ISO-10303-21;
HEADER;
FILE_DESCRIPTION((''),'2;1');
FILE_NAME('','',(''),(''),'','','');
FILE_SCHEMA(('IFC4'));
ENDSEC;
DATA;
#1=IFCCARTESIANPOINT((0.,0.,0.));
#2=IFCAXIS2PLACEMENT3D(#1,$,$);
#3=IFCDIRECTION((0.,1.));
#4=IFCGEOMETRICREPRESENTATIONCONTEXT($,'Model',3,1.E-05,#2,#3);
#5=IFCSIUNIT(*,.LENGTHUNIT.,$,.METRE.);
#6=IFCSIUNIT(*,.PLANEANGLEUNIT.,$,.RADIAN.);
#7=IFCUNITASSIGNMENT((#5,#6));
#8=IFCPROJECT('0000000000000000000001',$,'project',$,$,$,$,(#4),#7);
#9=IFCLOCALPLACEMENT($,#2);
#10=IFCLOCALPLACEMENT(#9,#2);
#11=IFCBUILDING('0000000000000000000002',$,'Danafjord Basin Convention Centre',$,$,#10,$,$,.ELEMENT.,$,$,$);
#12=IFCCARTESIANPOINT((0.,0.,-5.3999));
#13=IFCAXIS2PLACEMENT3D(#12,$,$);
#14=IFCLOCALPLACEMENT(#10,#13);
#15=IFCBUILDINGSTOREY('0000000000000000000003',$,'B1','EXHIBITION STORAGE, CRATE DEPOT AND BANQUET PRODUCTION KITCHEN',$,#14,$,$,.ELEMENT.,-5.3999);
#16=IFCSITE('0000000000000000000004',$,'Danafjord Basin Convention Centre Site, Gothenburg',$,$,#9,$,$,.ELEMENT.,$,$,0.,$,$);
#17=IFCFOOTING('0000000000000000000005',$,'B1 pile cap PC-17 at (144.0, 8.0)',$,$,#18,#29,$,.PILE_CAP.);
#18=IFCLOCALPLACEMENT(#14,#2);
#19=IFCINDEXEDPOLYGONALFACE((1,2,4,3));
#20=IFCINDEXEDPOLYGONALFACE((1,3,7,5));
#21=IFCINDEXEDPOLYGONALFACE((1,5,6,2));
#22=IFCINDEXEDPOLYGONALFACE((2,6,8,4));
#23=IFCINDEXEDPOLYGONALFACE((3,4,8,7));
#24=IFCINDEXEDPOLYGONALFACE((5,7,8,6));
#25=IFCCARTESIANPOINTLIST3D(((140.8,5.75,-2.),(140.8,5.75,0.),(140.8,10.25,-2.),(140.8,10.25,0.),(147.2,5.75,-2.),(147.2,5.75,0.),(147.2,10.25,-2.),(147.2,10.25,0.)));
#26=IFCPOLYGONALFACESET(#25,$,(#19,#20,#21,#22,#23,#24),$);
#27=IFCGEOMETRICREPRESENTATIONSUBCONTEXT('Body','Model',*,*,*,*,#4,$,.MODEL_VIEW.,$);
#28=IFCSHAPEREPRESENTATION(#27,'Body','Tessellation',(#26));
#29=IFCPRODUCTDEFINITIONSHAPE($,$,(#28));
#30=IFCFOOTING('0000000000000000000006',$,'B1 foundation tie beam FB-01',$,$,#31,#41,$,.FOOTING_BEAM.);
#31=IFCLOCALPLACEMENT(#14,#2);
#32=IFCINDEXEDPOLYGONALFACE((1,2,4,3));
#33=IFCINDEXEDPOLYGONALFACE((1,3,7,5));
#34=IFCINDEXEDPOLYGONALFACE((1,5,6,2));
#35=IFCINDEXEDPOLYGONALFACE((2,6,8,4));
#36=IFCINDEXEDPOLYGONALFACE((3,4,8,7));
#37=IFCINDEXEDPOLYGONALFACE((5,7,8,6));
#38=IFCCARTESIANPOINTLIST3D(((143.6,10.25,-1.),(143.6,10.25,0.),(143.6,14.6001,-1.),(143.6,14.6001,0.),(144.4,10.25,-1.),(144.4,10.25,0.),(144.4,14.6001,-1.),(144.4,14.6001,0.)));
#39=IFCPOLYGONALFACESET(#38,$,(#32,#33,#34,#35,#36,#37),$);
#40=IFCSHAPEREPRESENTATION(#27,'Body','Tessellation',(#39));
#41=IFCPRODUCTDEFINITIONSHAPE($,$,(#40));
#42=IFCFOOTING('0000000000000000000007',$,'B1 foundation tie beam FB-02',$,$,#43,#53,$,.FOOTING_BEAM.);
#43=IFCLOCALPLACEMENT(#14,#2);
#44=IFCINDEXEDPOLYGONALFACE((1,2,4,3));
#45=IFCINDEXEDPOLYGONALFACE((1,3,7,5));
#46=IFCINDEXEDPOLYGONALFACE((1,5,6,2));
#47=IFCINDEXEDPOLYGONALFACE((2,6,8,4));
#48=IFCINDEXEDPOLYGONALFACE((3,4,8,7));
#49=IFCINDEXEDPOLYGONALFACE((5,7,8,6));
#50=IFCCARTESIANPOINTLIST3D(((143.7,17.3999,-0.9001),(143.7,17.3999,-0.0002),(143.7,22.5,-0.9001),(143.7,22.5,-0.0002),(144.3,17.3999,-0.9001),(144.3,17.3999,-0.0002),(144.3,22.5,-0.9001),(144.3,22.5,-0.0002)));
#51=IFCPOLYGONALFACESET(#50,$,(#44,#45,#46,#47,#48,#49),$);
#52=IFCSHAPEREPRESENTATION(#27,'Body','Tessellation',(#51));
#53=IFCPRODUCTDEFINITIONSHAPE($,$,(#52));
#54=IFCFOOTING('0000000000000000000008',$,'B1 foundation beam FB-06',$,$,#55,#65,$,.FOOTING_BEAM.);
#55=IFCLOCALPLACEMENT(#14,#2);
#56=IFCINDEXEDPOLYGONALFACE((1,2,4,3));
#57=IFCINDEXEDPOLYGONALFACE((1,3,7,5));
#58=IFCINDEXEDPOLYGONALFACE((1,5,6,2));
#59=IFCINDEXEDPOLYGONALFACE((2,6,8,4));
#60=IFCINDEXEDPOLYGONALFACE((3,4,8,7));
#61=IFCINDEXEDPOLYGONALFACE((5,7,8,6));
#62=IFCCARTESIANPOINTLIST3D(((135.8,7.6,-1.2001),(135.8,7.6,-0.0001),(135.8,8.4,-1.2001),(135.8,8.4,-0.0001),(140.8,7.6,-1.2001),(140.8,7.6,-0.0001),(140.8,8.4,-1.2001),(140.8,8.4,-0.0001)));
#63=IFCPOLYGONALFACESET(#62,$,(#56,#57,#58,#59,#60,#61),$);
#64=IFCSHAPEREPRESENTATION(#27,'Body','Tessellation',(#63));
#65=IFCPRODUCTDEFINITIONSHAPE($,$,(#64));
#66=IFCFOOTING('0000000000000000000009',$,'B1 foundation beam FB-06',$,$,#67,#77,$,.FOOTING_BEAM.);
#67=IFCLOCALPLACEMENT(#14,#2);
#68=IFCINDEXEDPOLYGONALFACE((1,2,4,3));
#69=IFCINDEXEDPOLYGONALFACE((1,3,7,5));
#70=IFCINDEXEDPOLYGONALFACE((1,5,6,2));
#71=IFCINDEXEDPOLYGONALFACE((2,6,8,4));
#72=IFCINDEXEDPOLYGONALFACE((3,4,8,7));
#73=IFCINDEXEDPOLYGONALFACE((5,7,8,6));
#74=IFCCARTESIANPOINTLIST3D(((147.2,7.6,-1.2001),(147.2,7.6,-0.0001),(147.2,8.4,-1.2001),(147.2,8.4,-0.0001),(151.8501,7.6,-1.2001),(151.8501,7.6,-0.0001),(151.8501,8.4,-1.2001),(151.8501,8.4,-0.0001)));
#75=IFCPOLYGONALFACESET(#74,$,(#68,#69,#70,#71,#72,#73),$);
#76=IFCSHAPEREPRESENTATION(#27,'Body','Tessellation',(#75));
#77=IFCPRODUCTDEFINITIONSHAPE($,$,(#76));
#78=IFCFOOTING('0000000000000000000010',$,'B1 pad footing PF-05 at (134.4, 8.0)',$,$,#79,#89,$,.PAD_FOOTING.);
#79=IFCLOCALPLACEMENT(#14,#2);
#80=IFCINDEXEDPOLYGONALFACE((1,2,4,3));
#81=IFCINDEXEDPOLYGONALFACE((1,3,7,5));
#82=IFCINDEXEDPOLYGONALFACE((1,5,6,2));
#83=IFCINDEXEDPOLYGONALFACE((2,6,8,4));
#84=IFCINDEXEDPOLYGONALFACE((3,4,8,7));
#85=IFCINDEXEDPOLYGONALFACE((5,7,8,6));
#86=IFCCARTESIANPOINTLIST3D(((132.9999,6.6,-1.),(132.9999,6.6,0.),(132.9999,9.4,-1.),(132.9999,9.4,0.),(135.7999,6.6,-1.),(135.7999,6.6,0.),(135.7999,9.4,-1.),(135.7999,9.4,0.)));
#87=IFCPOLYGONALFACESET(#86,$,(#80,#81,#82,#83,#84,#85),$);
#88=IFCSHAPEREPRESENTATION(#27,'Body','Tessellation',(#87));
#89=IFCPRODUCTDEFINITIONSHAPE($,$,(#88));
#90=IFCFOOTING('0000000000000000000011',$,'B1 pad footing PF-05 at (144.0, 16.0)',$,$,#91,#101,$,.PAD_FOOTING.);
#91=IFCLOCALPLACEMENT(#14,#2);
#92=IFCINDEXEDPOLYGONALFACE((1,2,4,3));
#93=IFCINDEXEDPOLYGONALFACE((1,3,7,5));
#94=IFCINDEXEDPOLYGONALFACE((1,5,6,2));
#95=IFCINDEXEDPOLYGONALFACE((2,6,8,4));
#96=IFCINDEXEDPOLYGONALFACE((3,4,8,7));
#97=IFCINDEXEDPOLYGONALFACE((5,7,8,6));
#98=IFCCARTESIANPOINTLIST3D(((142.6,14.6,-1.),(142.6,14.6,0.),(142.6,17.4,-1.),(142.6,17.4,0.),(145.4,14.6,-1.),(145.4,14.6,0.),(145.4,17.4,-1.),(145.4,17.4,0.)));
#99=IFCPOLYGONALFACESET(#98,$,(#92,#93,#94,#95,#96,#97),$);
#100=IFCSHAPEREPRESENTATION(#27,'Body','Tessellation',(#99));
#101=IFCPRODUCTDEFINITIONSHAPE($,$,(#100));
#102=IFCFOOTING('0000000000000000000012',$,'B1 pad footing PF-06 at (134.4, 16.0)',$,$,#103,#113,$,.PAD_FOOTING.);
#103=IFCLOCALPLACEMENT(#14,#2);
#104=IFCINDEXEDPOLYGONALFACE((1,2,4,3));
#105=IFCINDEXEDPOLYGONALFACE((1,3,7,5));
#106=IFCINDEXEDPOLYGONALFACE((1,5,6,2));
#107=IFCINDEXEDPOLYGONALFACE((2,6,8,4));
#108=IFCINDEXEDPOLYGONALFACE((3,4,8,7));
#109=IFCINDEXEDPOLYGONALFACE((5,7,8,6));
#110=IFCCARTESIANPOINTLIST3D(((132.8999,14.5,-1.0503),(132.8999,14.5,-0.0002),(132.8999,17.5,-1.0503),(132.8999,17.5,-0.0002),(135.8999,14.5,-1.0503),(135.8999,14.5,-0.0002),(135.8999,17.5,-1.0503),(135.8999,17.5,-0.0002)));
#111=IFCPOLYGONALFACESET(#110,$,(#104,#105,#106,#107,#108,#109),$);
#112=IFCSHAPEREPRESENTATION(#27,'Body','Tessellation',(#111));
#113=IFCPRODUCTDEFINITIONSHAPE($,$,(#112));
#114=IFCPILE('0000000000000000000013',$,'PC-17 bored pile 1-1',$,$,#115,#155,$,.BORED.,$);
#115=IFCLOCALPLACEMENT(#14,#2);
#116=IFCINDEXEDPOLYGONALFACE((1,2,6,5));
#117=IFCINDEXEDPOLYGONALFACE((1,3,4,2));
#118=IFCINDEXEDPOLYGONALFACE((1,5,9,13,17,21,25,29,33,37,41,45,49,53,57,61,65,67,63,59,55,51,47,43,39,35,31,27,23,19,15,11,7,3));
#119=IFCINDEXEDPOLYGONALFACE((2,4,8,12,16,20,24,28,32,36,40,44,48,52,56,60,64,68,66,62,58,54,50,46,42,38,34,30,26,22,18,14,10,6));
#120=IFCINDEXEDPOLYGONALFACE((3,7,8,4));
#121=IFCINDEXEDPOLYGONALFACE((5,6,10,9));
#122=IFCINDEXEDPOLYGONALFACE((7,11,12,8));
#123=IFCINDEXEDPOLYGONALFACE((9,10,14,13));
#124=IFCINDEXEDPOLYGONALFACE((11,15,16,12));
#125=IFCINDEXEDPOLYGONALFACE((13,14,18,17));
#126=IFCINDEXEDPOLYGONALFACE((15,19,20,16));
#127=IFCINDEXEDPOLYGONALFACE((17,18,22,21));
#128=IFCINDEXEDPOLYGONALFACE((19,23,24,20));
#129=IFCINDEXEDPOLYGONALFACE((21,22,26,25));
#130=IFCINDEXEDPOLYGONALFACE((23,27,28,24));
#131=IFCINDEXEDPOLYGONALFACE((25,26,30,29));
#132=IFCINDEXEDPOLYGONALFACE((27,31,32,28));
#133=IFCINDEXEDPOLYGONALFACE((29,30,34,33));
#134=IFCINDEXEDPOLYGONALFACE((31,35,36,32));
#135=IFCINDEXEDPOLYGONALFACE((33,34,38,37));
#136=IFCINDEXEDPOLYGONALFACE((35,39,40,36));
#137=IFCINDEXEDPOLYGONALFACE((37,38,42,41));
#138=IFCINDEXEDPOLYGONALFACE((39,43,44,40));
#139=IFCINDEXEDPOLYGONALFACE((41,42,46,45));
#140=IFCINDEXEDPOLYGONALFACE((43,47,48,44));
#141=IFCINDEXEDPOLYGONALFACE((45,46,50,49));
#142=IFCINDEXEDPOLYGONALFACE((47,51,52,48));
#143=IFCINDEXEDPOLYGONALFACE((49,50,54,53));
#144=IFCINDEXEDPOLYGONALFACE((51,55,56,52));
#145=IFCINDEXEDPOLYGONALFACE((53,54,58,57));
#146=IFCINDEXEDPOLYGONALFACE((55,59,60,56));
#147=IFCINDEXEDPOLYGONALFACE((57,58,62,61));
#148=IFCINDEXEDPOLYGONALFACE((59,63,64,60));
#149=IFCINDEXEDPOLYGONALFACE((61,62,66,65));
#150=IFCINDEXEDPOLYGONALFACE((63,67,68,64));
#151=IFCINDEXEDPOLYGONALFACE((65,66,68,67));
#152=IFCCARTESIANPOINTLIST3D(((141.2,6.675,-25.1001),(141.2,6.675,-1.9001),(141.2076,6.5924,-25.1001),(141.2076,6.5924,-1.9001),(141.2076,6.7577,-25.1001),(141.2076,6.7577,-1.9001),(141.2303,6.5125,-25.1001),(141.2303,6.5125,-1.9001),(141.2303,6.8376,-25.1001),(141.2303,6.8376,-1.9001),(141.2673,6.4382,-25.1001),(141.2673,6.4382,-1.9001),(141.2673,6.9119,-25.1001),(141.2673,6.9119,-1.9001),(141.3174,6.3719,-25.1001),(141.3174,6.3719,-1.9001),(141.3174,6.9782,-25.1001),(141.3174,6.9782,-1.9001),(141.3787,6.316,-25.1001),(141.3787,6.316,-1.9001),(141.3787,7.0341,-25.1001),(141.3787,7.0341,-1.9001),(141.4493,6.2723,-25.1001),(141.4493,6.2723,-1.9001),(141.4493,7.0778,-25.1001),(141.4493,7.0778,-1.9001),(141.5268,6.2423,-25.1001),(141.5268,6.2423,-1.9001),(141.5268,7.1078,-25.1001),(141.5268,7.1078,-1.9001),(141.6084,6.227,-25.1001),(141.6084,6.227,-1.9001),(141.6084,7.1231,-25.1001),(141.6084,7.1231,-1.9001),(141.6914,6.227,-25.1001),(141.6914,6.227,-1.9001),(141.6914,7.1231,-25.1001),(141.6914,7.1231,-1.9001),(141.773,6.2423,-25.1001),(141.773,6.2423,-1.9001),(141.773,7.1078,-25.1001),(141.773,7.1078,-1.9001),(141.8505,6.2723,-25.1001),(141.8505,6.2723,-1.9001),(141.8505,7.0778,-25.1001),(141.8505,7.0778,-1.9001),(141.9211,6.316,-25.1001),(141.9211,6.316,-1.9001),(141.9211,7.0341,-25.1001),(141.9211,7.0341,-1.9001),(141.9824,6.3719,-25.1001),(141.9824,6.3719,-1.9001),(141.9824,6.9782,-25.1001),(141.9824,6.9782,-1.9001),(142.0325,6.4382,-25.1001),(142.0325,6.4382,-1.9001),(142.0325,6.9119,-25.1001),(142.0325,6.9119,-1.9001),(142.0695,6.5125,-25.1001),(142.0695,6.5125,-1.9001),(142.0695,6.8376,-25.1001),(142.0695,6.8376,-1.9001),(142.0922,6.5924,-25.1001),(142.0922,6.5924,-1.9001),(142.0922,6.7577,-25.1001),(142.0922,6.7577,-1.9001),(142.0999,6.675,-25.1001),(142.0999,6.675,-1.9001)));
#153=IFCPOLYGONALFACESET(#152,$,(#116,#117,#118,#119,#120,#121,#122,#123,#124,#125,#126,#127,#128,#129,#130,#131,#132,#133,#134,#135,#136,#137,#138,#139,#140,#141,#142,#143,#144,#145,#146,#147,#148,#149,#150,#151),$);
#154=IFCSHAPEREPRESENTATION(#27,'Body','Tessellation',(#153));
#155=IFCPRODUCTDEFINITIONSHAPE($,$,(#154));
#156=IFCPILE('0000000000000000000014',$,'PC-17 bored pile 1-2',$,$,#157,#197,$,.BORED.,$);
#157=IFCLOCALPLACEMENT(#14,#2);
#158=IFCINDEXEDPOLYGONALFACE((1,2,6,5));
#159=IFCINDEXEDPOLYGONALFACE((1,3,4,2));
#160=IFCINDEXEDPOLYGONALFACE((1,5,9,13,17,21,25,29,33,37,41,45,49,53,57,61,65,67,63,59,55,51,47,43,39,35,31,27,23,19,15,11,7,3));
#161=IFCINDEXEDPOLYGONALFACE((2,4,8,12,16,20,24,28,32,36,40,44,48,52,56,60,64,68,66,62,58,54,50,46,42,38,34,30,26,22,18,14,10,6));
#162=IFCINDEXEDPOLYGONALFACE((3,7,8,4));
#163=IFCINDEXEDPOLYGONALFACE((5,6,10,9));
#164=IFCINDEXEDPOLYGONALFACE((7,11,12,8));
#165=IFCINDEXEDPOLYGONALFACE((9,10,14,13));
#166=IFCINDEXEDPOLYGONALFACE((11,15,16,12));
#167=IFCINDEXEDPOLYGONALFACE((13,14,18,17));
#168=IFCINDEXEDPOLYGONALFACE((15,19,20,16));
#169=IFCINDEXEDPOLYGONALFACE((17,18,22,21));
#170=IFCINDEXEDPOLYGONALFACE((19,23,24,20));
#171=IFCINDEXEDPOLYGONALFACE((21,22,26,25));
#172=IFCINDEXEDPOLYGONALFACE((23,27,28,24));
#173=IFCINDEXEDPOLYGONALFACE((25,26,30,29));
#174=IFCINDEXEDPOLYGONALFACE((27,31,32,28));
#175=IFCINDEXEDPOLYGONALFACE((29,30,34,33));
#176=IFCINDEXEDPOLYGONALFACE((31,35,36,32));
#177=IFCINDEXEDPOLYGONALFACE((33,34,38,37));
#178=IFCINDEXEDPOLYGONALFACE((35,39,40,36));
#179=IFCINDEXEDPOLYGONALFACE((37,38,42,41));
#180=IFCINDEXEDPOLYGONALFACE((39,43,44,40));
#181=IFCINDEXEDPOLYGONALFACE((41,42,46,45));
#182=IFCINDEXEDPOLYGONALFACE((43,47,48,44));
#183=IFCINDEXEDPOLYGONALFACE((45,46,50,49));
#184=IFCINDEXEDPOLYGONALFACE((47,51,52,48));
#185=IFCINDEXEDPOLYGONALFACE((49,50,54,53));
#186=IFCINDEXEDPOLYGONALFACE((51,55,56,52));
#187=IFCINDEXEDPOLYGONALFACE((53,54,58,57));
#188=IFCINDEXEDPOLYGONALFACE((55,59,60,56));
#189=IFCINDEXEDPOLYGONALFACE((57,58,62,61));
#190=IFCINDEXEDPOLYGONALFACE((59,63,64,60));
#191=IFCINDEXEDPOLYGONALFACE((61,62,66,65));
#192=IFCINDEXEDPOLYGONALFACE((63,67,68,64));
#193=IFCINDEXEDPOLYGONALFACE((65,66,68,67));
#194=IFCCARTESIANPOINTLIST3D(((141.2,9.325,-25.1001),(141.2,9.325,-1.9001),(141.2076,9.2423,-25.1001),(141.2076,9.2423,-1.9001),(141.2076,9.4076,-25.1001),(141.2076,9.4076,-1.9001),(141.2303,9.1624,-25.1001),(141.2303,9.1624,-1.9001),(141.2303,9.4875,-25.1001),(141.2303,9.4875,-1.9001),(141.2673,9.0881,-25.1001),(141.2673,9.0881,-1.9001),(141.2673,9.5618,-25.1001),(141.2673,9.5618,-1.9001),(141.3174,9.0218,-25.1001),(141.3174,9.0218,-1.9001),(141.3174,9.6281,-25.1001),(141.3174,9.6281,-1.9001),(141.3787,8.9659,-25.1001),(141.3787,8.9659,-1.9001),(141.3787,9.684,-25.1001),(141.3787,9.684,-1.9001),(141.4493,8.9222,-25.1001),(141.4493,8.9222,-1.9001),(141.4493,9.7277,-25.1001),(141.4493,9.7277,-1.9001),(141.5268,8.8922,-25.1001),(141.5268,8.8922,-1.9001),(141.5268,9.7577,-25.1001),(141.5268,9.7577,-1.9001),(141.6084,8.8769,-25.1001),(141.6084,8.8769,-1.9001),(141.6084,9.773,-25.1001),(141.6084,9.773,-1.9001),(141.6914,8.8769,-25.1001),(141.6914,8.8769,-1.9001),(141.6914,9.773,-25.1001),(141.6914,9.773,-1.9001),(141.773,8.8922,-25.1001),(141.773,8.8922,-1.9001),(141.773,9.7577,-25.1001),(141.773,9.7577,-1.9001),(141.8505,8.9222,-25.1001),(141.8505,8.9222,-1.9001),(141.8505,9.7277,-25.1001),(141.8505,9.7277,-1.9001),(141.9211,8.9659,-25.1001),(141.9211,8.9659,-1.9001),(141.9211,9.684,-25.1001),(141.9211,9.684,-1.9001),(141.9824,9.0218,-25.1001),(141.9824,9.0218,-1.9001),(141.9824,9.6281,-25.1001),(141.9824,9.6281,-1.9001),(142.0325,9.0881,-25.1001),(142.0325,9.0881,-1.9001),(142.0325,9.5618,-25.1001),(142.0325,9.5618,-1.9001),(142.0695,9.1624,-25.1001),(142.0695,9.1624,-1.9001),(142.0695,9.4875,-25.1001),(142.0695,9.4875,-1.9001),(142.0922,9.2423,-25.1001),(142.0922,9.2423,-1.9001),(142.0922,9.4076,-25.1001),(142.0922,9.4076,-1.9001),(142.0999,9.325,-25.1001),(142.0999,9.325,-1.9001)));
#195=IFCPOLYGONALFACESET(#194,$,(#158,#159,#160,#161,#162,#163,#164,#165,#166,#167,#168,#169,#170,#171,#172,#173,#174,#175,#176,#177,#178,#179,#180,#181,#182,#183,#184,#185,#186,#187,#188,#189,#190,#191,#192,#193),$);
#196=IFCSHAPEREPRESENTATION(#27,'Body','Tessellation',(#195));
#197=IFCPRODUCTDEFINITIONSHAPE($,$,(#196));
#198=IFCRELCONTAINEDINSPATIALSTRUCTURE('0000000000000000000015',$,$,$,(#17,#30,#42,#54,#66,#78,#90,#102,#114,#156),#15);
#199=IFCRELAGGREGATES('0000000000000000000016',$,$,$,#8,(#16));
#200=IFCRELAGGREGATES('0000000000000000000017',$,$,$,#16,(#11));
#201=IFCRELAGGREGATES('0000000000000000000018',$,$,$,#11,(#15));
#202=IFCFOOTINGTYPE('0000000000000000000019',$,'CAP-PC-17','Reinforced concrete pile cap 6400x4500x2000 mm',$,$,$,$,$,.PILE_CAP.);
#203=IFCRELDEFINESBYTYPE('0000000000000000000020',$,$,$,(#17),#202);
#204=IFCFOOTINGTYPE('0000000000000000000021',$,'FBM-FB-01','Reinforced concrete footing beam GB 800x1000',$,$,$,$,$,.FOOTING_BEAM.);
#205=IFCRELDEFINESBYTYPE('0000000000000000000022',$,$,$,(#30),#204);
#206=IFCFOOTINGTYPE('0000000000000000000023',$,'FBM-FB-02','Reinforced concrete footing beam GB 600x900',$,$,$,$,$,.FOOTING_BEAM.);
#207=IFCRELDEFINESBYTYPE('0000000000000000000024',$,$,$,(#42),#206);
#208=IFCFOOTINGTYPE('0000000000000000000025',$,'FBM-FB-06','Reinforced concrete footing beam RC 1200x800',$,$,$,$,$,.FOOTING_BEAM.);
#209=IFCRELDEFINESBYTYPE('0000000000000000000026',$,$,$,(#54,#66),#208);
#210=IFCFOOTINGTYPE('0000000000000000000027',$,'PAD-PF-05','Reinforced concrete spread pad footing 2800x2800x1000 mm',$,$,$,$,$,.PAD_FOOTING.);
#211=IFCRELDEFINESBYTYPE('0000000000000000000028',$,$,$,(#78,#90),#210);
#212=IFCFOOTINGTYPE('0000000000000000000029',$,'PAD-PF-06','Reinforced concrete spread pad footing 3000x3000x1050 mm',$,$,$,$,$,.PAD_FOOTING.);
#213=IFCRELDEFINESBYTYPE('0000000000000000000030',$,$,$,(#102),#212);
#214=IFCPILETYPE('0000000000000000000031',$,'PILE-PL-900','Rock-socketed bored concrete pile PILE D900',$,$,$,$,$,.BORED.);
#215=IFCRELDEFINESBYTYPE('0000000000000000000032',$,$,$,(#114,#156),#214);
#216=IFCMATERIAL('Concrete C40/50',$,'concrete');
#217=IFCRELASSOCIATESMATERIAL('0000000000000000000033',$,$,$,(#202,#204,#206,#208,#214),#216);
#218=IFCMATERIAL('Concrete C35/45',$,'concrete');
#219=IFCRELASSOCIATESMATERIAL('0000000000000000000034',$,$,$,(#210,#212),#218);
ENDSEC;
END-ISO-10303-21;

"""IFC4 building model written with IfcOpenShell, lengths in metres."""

from ifc_helpers import new_model, si_unit, direction, frame, origin, origin_2d, place, context, subcontext, project, spatial, rectangle, circle, extrude, material, material_profile, profile_set, type_object, element, save


model = new_model("IFC4")

# Units and contexts
model_context = context("Model", 3, precision=1e-05, world=origin(), true_north=direction((0.0, 1.0)))
body_context = subcontext(model_context, "Body", "Model", "MODEL_VIEW")
ifc_project = project(units=[si_unit("LENGTHUNIT", "METRE"), si_unit("PLANEANGLEUNIT", "RADIAN")], contexts=[model_context])

# Site, building, storey
site_placement = place(None, origin())
site = spatial("IfcSite", under=ifc_project, at=site_placement, Name="Danafjord Basin Convention Centre Site, Gothenburg", CompositionType="ELEMENT", RefElevation=0.0)
building_placement = place(site_placement, origin())
building = spatial("IfcBuilding", under=site, at=building_placement, Name="Danafjord Basin Convention Centre", CompositionType="ELEMENT")
storey_placement = place(building_placement, frame((0.0, 0.0, -5.3999)))
storey = spatial("IfcBuildingStorey", under=building, at=storey_placement, Name="B1", Description="EXHIBITION STORAGE, CRATE DEPOT AND BANQUET PRODUCTION KITCHEN", CompositionType="ELEMENT", Elevation=-5.3999)

# Footings
ifc_material_1 = material(Name="Concrete C40/50", Category="concrete")
footing_type_1 = type_object("IfcFootingType", Name="CAP-PC-17", Description="Reinforced concrete pile cap 6400x4500x2000 mm", PredefinedType="PILE_CAP", material=ifc_material_1)
footing_1_placement = place(storey_placement, frame((144.0, 8.0, -2.0), z_axis=(0.0, 0.0, 1.0), x_axis=(1.0, 0.0, 0.0)))
element("IfcFooting", 1, at=footing_1_placement, inside=storey, type_object=footing_type_1, Name="B1 pile cap PC-17 at (144.0, 8.0)", PredefinedType="PILE_CAP", context=body_context, shape_type="SweptSolid", body=[
    extrude(rectangle(XDim=6.3999, YDim=4.5, at=origin_2d()), origin(), (0.0, 0.0, 1.0), 2.0),
])
ifc_material_profile_1 = material_profile(ifc_material_1, rectangle(XDim=0.8, YDim=1.0, at=origin_2d()), Name="GB 800x1000")
ifc_profile_set_1 = profile_set([ifc_material_profile_1], Name="Concrete C40/50")
footing_type_2 = type_object("IfcFootingType", Name="FBM-FB-01", Description="Reinforced concrete footing beam GB 800x1000", PredefinedType="FOOTING_BEAM", material=ifc_profile_set_1)
footing_2_placement = place(storey_placement, frame((144.0, 10.25, -0.5), z_axis=(0.0, 1.0, 0.0), x_axis=(-1.0, 0.0, 0.0)))
element("IfcFooting", 2, at=footing_2_placement, inside=storey, type_object=footing_type_2, Name="B1 foundation tie beam FB-01", PredefinedType="FOOTING_BEAM", context=body_context, shape_type="SweptSolid", body=[
    extrude(rectangle(XDim=0.8, YDim=1.0, at=origin_2d()), origin(), (0.0, 0.0, 1.0), 4.3501),
])
ifc_material_profile_2 = material_profile(ifc_material_1, rectangle(XDim=0.6001, YDim=0.8999, at=origin_2d()), Name="GB 600x900")
ifc_profile_set_2 = profile_set([ifc_material_profile_2], Name="Concrete C40/50")
footing_type_3 = type_object("IfcFootingType", Name="FBM-FB-02", Description="Reinforced concrete footing beam GB 600x900", PredefinedType="FOOTING_BEAM", material=ifc_profile_set_2)
footing_3_placement = place(storey_placement, frame((144.0, 17.3999, -0.4502), z_axis=(0.0, 1.0, 0.0), x_axis=(-1.0, 0.0, 0.0)))
element("IfcFooting", 3, at=footing_3_placement, inside=storey, type_object=footing_type_3, Name="B1 foundation tie beam FB-02", PredefinedType="FOOTING_BEAM", context=body_context, shape_type="SweptSolid", body=[
    extrude(rectangle(XDim=0.6001, YDim=0.8999, at=origin_2d()), origin(), (0.0, 0.0, 1.0), 5.1001),
])
ifc_material_profile_3 = material_profile(ifc_material_1, rectangle(XDim=0.8, YDim=1.2, at=origin_2d()), Name="RC 1200x800")
ifc_profile_set_3 = profile_set([ifc_material_profile_3], Name="Concrete C40/50")
footing_type_4 = type_object("IfcFootingType", Name="FBM-FB-06", Description="Reinforced concrete footing beam RC 1200x800", PredefinedType="FOOTING_BEAM", material=ifc_profile_set_3)
footing_4_placement = place(storey_placement, frame((135.8, 8.0, -0.6001), z_axis=(1.0, 0.0, 0.0), x_axis=(0.0, 1.0, 0.0)))
element("IfcFooting", 4, at=footing_4_placement, inside=storey, type_object=footing_type_4, Name="B1 foundation beam FB-06", PredefinedType="FOOTING_BEAM", context=body_context, shape_type="SweptSolid", body=[
    extrude(rectangle(XDim=0.8, YDim=1.2, at=origin_2d()), origin(), (0.0, 0.0, 1.0), 5.0),
])
footing_5_placement = place(storey_placement, frame((147.2, 8.0, -0.6001), z_axis=(1.0, 0.0, 0.0), x_axis=(0.0, 1.0, 0.0)))
element("IfcFooting", 5, at=footing_5_placement, inside=storey, type_object=footing_type_4, Name="B1 foundation beam FB-06", PredefinedType="FOOTING_BEAM", context=body_context, shape_type="SweptSolid", body=[
    extrude(rectangle(XDim=0.8, YDim=1.2, at=origin_2d()), origin(), (0.0, 0.0, 1.0), 4.6501),
])
ifc_material_2 = material(Name="Concrete C35/45", Category="concrete")
footing_type_5 = type_object("IfcFootingType", Name="PAD-PF-05", Description="Reinforced concrete spread pad footing 2800x2800x1000 mm", PredefinedType="PAD_FOOTING", material=ifc_material_2)
for number, where, z_axis, x_axis, name in (
    (6, (134.3999, 8.0, -1.0), (0.0, 0.0, 1.0), (1.0, 0.0, 0.0), "B1 pad footing PF-05 at (134.4, 8.0)"),
    (7, (144.0, 16.0, -1.0), (0.0, 0.0, 1.0), (1.0, 0.0, 0.0), "B1 pad footing PF-05 at (144.0, 16.0)"),
):
    element("IfcFooting", number, at=place(storey_placement, frame(where, z_axis=z_axis, x_axis=x_axis)), inside=storey, type_object=footing_type_5, Name=name, PredefinedType="PAD_FOOTING", context=body_context, shape_type="SweptSolid", body=[
        extrude(rectangle(XDim=2.8, YDim=2.8, at=origin_2d()), origin(), (0.0, 0.0, 1.0), 1.0),
    ])
footing_type_6 = type_object("IfcFootingType", Name="PAD-PF-06", Description="Reinforced concrete spread pad footing 3000x3000x1050 mm", PredefinedType="PAD_FOOTING", material=ifc_material_2)
footing_6_placement = place(storey_placement, frame((134.3999, 16.0, -1.0503), z_axis=(0.0, 0.0, 1.0), x_axis=(1.0, 0.0, 0.0)))
element("IfcFooting", 8, at=footing_6_placement, inside=storey, type_object=footing_type_6, Name="B1 pad footing PF-06 at (134.4, 16.0)", PredefinedType="PAD_FOOTING", context=body_context, shape_type="SweptSolid", body=[
    extrude(rectangle(XDim=3.0, YDim=3.0, at=origin_2d()), origin(), (0.0, 0.0, 1.0), 1.05),
])

# Piles
ifc_material_profile_4 = material_profile(ifc_material_1, circle(Radius=0.45, at=origin_2d()), Name="PILE D900")
ifc_profile_set_4 = profile_set([ifc_material_profile_4], Name="Concrete C40/50")
pile_type = type_object("IfcPileType", Name="PILE-PL-900", Description="Rock-socketed bored concrete pile PILE D900", PredefinedType="BORED", material=ifc_profile_set_4)
for number, where, z_axis, x_axis, name in (
    (9, (141.6499, 6.675, -1.9001), (0.0, 0.0, -1.0), (1.0, 0.0, 0.0), "PC-17 bored pile 1-1"),
    (10, (141.6499, 9.325, -1.9001), (0.0, 0.0, -1.0), (1.0, 0.0, 0.0), "PC-17 bored pile 1-2"),
):
    element("IfcPile", number, at=place(storey_placement, frame(where, z_axis=z_axis, x_axis=x_axis)), inside=storey, type_object=pile_type, Name=name, PredefinedType="BORED", context=body_context, shape_type="SweptSolid", body=[
        extrude(circle(Radius=0.45, at=origin_2d()), origin(), (0.0, 0.0, 1.0), 23.2),
    ])

save(model, "model.ifc")
